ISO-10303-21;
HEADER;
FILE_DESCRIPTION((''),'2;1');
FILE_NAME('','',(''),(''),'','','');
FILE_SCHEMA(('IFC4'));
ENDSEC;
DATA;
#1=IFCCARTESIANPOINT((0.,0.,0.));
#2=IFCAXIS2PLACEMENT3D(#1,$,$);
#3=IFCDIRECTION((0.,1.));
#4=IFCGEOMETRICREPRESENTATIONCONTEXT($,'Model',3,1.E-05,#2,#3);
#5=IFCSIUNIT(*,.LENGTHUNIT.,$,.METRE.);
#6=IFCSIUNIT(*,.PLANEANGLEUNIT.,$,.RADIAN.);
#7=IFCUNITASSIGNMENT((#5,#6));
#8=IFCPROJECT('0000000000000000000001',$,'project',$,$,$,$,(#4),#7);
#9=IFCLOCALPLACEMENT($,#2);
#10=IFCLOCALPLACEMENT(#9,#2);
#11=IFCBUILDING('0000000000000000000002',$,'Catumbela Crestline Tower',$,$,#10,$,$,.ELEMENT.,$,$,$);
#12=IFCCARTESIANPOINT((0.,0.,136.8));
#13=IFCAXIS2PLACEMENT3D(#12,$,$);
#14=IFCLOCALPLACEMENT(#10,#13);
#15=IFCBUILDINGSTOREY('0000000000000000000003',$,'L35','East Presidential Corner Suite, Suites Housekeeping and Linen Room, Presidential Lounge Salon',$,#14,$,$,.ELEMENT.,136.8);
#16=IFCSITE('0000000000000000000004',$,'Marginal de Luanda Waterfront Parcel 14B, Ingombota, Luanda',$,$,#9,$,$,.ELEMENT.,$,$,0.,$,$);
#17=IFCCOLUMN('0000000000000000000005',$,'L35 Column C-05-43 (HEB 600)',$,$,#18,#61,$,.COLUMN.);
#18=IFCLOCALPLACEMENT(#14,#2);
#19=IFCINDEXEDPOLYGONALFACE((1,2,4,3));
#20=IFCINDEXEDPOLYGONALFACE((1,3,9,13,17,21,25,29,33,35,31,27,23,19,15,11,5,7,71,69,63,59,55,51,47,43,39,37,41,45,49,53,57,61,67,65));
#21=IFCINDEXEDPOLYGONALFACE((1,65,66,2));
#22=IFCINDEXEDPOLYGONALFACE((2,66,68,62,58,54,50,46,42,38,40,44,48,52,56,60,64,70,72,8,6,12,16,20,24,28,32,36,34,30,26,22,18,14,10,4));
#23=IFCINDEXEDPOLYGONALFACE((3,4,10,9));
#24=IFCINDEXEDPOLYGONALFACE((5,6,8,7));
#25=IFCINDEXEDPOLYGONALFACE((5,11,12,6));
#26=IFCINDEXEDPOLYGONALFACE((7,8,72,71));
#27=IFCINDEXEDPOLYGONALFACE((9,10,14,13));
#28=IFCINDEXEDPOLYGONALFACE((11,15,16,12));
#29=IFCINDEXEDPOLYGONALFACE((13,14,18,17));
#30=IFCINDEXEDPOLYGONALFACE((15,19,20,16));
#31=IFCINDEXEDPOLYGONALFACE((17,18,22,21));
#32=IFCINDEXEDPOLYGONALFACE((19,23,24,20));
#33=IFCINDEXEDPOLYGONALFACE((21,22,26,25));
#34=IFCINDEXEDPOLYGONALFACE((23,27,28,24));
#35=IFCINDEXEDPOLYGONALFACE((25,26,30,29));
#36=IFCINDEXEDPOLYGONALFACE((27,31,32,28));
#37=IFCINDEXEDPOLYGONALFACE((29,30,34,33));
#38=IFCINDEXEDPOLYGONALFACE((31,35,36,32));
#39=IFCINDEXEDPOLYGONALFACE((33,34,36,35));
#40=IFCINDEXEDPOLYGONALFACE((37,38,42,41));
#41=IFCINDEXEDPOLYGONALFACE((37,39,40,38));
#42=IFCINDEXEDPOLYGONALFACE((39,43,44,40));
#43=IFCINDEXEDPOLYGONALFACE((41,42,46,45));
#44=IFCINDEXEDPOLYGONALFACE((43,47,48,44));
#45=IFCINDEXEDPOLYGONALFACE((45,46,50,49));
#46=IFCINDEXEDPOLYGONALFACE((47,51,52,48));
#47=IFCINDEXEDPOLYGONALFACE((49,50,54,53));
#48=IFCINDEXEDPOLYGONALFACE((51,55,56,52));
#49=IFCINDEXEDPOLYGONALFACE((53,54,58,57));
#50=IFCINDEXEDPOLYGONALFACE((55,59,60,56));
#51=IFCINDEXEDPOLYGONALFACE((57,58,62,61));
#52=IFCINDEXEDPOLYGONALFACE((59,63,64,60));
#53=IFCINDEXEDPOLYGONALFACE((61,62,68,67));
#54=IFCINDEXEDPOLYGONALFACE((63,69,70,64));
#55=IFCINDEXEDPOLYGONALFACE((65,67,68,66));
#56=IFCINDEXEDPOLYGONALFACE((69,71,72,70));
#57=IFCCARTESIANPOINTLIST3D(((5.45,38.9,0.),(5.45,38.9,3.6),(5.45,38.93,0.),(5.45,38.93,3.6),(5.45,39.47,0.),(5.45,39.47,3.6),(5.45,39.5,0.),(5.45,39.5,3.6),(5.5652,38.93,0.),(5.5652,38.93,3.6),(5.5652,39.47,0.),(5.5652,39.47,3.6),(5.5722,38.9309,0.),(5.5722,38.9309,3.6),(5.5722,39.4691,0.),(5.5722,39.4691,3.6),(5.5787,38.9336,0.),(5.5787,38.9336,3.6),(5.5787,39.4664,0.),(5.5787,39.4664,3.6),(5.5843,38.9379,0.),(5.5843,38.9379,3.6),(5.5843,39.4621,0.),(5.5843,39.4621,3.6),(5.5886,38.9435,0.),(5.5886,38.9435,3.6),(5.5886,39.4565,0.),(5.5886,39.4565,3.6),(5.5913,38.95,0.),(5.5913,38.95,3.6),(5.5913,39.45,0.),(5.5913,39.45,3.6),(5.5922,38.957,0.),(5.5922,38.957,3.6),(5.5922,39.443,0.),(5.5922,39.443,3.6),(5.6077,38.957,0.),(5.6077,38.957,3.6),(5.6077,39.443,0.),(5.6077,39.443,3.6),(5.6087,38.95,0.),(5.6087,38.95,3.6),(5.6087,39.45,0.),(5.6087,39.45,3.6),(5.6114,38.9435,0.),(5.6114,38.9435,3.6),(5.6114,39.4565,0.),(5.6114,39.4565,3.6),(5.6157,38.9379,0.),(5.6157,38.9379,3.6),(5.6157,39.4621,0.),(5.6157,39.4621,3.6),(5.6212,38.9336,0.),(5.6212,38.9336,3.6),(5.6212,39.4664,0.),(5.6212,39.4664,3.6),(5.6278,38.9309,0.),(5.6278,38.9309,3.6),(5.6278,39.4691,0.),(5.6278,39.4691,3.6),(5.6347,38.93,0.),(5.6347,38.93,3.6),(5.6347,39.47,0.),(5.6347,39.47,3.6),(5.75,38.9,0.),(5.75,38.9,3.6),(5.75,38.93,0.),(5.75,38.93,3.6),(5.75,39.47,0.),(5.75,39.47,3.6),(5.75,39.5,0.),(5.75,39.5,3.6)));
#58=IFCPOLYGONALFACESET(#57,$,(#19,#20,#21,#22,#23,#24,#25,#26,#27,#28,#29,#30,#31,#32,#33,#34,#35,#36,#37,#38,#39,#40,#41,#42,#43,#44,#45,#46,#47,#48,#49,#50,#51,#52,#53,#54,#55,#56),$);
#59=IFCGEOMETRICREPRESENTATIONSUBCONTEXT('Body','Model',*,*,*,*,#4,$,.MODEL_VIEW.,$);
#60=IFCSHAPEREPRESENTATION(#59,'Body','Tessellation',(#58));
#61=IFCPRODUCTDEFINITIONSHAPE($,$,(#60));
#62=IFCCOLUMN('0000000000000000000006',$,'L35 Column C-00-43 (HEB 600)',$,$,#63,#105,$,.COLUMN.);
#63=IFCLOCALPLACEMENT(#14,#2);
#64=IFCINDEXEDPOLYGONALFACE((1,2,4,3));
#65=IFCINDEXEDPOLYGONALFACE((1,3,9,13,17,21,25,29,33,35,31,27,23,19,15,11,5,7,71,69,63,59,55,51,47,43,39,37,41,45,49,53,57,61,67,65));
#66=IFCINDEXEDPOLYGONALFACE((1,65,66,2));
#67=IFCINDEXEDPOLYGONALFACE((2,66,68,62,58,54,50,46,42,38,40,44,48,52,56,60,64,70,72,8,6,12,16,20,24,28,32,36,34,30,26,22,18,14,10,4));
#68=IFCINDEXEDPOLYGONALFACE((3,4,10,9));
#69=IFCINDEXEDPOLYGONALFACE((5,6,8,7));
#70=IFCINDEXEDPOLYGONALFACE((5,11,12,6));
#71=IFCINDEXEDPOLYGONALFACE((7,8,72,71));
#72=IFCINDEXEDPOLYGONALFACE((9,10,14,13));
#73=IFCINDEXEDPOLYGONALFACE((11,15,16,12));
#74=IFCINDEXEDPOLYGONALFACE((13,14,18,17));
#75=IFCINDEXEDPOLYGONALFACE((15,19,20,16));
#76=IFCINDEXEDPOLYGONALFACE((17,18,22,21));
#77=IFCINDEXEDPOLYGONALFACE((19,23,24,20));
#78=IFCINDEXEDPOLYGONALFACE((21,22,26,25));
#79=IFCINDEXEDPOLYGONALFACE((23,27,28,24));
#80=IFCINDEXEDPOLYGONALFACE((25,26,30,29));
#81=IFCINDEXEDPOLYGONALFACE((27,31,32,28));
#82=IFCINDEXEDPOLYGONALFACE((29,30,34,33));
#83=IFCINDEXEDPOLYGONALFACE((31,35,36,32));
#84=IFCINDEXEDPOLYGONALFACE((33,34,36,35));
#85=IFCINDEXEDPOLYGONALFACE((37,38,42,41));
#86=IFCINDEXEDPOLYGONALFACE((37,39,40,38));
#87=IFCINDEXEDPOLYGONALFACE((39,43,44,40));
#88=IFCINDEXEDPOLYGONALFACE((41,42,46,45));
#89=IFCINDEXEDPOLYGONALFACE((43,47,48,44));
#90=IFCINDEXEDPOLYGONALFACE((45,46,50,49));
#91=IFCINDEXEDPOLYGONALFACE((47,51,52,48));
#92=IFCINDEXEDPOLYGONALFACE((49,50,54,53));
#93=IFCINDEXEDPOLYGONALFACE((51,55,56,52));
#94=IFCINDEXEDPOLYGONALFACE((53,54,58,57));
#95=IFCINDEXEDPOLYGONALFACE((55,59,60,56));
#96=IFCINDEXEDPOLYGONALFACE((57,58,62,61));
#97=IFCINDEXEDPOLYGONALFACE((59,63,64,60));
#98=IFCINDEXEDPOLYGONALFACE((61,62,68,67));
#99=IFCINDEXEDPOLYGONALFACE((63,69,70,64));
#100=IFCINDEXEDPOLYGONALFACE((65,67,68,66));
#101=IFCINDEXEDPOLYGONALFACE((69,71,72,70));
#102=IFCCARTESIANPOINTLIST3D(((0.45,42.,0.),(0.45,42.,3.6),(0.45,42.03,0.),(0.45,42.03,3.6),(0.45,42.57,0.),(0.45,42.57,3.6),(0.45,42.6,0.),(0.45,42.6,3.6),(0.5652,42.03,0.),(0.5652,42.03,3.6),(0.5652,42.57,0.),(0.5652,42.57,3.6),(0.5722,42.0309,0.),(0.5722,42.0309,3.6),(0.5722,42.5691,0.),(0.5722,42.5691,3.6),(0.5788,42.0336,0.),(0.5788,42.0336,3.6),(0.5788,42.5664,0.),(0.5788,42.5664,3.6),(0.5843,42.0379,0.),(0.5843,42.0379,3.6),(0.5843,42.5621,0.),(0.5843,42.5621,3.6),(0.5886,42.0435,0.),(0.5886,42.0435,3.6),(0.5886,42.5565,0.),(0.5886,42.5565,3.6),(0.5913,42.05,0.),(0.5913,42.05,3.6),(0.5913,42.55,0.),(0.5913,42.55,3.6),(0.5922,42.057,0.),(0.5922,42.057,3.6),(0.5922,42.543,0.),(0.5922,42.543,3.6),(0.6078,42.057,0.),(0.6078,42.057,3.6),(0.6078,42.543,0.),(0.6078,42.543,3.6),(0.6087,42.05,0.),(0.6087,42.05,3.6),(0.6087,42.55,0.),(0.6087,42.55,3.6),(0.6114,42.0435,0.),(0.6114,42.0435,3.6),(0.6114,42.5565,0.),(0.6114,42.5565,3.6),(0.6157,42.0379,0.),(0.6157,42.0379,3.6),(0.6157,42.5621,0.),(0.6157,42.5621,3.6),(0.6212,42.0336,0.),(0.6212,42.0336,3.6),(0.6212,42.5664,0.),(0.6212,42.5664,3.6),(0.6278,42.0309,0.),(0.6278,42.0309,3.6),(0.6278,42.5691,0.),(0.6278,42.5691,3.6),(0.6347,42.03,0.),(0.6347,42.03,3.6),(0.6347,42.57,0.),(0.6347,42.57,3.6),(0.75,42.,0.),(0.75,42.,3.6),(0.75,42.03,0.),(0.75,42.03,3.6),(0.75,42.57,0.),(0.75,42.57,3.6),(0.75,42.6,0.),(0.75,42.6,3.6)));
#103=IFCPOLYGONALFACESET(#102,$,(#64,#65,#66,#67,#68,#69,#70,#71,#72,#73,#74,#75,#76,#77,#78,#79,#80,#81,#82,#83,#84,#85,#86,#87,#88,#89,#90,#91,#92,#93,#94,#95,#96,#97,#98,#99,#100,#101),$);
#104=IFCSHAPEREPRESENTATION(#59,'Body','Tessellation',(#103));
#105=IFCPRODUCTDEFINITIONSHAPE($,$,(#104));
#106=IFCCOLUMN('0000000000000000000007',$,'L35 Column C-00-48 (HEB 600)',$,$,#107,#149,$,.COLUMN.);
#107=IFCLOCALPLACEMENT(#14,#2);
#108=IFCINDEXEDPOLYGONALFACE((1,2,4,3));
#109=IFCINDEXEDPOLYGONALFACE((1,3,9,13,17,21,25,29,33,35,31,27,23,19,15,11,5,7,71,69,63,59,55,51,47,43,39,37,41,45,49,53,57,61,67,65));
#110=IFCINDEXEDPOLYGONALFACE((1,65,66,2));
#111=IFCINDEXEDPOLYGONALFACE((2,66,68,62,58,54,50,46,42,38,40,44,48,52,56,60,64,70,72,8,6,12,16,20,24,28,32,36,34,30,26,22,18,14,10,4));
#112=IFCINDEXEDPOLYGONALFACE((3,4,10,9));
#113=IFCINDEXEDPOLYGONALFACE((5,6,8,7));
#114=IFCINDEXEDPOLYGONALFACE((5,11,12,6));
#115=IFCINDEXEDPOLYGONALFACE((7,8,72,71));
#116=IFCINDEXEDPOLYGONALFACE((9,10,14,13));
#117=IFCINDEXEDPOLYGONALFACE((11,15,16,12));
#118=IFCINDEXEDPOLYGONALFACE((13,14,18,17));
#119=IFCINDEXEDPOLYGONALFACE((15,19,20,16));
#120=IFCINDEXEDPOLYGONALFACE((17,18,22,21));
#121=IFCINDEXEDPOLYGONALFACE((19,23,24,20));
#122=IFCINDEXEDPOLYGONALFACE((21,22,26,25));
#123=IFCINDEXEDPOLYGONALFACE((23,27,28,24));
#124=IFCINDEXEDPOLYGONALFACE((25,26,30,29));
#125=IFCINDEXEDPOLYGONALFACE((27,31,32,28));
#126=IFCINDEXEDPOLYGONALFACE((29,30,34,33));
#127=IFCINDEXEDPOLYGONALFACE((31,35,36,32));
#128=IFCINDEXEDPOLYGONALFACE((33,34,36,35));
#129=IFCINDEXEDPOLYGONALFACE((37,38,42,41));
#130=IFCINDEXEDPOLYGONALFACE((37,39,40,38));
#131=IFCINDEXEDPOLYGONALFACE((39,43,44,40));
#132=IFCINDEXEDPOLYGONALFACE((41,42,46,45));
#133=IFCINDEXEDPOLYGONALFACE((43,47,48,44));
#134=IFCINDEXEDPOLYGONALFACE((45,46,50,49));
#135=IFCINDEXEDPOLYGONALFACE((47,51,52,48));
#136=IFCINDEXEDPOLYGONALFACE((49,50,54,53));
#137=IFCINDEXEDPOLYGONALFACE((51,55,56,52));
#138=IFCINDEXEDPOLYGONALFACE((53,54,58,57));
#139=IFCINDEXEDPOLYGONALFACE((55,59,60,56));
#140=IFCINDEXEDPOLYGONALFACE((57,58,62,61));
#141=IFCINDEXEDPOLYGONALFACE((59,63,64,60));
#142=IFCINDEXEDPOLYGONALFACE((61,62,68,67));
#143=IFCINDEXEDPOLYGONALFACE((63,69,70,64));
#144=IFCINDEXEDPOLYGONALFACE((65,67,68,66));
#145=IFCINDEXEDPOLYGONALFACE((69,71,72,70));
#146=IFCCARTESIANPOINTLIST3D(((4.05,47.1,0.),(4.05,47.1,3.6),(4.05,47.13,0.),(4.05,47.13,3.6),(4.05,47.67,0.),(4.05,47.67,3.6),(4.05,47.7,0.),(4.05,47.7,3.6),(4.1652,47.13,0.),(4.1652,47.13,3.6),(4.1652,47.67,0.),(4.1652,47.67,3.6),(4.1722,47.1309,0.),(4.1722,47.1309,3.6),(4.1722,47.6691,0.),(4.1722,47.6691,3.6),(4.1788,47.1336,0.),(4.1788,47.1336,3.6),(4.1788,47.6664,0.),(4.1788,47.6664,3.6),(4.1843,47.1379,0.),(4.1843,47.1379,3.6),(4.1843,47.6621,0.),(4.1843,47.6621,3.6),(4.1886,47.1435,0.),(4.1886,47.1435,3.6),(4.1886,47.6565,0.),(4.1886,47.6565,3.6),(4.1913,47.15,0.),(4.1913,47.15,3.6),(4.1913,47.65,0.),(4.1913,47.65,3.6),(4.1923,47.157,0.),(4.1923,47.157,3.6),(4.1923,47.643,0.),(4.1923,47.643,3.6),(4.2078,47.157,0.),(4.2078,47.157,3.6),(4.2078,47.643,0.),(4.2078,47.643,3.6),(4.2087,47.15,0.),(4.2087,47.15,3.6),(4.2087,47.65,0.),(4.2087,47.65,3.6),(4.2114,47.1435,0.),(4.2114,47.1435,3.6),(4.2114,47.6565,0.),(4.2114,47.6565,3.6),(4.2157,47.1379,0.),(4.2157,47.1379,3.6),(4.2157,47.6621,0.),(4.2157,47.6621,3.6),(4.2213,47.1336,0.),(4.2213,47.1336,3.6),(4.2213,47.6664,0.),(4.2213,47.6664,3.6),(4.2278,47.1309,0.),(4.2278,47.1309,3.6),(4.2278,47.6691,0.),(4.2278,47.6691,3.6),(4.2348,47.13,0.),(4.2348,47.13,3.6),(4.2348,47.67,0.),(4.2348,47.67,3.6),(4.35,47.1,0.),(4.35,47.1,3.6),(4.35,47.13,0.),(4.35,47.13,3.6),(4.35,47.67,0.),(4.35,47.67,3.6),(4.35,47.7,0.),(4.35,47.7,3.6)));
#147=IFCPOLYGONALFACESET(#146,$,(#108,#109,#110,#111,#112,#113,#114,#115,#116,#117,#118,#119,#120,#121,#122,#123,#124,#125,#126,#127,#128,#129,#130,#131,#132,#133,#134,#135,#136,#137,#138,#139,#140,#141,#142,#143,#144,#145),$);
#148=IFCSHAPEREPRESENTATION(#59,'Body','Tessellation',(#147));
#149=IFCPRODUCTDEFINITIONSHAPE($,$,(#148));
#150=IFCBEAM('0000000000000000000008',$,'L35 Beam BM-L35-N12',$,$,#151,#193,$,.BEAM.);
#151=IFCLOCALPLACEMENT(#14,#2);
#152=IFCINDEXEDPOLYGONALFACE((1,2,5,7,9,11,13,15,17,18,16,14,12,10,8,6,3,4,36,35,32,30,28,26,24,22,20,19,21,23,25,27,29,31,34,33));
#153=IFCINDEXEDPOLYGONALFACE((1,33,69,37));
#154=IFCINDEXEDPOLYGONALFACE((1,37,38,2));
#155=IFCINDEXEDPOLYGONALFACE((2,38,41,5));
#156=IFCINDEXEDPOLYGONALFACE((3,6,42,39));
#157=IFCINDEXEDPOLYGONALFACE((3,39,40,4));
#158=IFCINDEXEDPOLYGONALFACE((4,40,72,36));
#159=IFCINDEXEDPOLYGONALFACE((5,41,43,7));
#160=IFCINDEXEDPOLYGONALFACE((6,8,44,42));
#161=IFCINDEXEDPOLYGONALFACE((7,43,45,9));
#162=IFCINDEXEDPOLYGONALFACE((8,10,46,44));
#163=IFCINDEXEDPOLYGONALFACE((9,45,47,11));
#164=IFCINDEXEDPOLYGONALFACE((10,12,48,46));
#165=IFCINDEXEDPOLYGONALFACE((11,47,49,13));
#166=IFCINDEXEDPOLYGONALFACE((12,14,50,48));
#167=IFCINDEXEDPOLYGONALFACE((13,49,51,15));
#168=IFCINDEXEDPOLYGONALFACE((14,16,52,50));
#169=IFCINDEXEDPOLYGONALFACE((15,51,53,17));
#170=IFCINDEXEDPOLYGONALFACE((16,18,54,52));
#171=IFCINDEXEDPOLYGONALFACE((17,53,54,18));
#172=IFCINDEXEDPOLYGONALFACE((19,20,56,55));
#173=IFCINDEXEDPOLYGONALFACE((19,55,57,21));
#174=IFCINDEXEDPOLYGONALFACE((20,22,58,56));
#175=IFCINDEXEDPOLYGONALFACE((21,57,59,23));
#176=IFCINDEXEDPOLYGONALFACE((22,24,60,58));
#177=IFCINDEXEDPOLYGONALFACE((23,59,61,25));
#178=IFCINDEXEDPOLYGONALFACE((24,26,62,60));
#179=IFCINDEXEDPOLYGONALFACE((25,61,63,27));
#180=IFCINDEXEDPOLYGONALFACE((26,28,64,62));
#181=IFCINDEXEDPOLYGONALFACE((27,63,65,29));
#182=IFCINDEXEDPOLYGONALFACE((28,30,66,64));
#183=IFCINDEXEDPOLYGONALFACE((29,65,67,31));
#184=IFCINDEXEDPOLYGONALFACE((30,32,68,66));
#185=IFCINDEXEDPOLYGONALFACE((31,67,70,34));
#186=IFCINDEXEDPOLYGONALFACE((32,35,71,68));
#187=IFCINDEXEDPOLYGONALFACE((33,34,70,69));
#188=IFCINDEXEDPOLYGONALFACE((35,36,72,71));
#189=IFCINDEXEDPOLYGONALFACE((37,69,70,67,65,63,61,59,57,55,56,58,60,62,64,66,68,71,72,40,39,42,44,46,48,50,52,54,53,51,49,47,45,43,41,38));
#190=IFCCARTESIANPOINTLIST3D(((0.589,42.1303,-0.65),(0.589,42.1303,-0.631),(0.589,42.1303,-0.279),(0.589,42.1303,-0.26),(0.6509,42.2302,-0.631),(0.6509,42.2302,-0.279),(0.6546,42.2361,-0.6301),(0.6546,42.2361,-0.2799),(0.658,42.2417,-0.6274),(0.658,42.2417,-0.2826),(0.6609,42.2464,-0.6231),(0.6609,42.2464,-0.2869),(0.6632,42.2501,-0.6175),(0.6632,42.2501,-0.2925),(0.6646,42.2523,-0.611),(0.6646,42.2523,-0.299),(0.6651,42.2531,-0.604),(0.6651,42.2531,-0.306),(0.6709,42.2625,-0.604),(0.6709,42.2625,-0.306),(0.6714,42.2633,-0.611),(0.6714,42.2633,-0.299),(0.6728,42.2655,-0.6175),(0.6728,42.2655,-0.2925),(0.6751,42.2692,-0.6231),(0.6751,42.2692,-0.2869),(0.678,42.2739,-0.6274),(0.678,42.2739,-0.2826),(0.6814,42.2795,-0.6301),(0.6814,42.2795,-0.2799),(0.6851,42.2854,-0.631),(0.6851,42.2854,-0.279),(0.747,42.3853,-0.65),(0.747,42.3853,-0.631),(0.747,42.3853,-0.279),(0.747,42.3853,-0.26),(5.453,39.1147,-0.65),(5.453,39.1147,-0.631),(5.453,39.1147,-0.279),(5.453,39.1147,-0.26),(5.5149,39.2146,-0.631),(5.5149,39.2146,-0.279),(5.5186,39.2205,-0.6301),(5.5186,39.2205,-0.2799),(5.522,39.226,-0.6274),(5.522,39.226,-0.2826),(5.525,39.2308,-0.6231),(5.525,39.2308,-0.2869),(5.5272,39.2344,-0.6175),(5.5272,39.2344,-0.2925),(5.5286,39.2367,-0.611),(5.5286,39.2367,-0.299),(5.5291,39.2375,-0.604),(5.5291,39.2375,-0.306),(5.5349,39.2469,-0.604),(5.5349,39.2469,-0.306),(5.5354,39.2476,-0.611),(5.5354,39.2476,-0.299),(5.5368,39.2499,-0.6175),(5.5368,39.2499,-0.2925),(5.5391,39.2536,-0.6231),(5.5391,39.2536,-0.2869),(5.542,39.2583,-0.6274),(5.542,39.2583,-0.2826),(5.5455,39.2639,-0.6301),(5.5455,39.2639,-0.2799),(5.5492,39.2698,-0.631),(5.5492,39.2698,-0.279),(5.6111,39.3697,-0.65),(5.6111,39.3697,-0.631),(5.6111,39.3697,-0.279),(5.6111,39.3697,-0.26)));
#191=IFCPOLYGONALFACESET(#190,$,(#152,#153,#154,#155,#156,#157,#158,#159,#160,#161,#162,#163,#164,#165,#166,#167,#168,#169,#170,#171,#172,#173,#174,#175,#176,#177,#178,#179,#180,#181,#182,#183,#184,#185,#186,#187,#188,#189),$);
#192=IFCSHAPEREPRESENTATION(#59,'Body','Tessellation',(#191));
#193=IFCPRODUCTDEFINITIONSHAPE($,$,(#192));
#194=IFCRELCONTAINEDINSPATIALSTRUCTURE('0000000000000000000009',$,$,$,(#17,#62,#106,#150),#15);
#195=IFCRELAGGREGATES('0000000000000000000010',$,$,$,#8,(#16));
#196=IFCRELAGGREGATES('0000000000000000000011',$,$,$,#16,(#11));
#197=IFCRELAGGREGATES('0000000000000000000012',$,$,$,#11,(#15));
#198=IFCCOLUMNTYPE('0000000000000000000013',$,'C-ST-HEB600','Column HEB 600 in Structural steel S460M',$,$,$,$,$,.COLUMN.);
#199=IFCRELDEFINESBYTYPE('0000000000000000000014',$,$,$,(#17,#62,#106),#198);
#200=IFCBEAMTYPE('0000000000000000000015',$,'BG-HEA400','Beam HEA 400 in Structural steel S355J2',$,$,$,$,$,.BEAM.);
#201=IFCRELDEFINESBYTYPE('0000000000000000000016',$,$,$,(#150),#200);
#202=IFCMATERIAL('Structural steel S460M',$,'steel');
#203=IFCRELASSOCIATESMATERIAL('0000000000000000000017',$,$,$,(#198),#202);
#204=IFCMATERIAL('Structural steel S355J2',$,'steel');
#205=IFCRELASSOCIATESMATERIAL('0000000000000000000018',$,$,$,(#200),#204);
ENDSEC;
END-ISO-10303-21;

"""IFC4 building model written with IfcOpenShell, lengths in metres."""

from ifc_helpers import new_model, si_unit, direction, frame, origin, origin_2d, place, context, subcontext, project, spatial, i_section, extrude, material, material_profile, profile_set, type_object, element, save


model = new_model("IFC4")

# Units and contexts
model_context = context("Model", 3, precision=1e-05, world=origin(), true_north=direction((0.0, 1.0)))
body_context = subcontext(model_context, "Body", "Model", "MODEL_VIEW")
ifc_project = project(units=[si_unit("LENGTHUNIT", "METRE"), si_unit("PLANEANGLEUNIT", "RADIAN")], contexts=[model_context])

# Site, building, storey
site_placement = place(None, origin())
site = spatial("IfcSite", under=ifc_project, at=site_placement, Name="Marginal de Luanda Waterfront Parcel 14B, Ingombota, Luanda", CompositionType="ELEMENT", RefElevation=0.0)
building_placement = place(site_placement, origin())
building = spatial("IfcBuilding", under=site, at=building_placement, Name="Catumbela Crestline Tower", CompositionType="ELEMENT")
storey_placement = place(building_placement, frame((0.0, 0.0, 136.8)))
storey = spatial("IfcBuildingStorey", under=building, at=storey_placement, Name="L35", Description="East Presidential Corner Suite, Suites Housekeeping and Linen Room, Presidential Lounge Salon", CompositionType="ELEMENT", Elevation=136.8)

# Columns
ifc_material_1 = material(Name="Structural steel S460M", Category="steel")
ifc_material_profile_1 = material_profile(ifc_material_1, i_section(OverallWidth=0.3, OverallDepth=0.6, WebThickness=0.0155, FlangeThickness=0.03, FilletRadius=0.027, at=origin_2d()), Name="HEB 600")
ifc_profile_set_1 = profile_set([ifc_material_profile_1], Name="Structural steel S460M")
column_type = type_object("IfcColumnType", Name="C-ST-HEB600", Description="Column HEB 600 in Structural steel S460M", PredefinedType="COLUMN", material=ifc_profile_set_1)
for number, where, z_axis, x_axis, name in (
    (1, (5.6, 39.2, 0.0), (0.0, 0.0, 1.0), (1.0, 0.0, 0.0), "L35 Column C-05-43 (HEB 600)"),
    (2, (0.6, 42.3, 0.0), (0.0, 0.0, 1.0), (1.0, 0.0, 0.0), "L35 Column C-00-43 (HEB 600)"),
    (3, (4.2, 47.4, 0.0), (0.0, 0.0, 1.0), (1.0, 0.0, 0.0), "L35 Column C-00-48 (HEB 600)"),
):
    element("IfcColumn", number, at=place(storey_placement, frame(where, z_axis=z_axis, x_axis=x_axis)), inside=storey, type_object=column_type, Name=name, PredefinedType="COLUMN", context=body_context, shape_type="SweptSolid", body=[
        extrude(i_section(OverallWidth=0.3, OverallDepth=0.6, WebThickness=0.0155, FlangeThickness=0.03, FilletRadius=0.027, at=origin_2d()), origin(), (0.0, 0.0, 1.0), 3.6),
    ])

# Beam
ifc_material_2 = material(Name="Structural steel S355J2", Category="steel")
ifc_material_profile_2 = material_profile(ifc_material_2, i_section(OverallWidth=0.3, OverallDepth=0.39, WebThickness=0.011, FlangeThickness=0.019, FilletRadius=0.027, at=origin_2d()), Name="HEA 400")
ifc_profile_set_2 = profile_set([ifc_material_profile_2], Name="Structural steel S355J2")
beam_type_1 = type_object("IfcBeamType", Name="BG-HEA400", Description="Beam HEA 400 in Structural steel S355J2", PredefinedType="BEAM", material=ifc_profile_set_2)
beam_1_placement = place(storey_placement, frame((0.668, 42.2578, -0.455), z_axis=(0.849909, -0.52693, 0.0), x_axis=(0.52693, 0.849909, 0.0)))
element("IfcBeam", 4, at=beam_1_placement, inside=storey, type_object=beam_type_1, Name="L35 Beam BM-L35-N12", PredefinedType="BEAM", context=body_context, shape_type="SweptSolid", body=[
    extrude(i_section(OverallWidth=0.3, OverallDepth=0.39, WebThickness=0.011, FlangeThickness=0.019, FilletRadius=0.027, at=origin_2d()), origin(), (0.0, 0.0, 1.0), 5.723),
])

save(model, "model.ifc")
